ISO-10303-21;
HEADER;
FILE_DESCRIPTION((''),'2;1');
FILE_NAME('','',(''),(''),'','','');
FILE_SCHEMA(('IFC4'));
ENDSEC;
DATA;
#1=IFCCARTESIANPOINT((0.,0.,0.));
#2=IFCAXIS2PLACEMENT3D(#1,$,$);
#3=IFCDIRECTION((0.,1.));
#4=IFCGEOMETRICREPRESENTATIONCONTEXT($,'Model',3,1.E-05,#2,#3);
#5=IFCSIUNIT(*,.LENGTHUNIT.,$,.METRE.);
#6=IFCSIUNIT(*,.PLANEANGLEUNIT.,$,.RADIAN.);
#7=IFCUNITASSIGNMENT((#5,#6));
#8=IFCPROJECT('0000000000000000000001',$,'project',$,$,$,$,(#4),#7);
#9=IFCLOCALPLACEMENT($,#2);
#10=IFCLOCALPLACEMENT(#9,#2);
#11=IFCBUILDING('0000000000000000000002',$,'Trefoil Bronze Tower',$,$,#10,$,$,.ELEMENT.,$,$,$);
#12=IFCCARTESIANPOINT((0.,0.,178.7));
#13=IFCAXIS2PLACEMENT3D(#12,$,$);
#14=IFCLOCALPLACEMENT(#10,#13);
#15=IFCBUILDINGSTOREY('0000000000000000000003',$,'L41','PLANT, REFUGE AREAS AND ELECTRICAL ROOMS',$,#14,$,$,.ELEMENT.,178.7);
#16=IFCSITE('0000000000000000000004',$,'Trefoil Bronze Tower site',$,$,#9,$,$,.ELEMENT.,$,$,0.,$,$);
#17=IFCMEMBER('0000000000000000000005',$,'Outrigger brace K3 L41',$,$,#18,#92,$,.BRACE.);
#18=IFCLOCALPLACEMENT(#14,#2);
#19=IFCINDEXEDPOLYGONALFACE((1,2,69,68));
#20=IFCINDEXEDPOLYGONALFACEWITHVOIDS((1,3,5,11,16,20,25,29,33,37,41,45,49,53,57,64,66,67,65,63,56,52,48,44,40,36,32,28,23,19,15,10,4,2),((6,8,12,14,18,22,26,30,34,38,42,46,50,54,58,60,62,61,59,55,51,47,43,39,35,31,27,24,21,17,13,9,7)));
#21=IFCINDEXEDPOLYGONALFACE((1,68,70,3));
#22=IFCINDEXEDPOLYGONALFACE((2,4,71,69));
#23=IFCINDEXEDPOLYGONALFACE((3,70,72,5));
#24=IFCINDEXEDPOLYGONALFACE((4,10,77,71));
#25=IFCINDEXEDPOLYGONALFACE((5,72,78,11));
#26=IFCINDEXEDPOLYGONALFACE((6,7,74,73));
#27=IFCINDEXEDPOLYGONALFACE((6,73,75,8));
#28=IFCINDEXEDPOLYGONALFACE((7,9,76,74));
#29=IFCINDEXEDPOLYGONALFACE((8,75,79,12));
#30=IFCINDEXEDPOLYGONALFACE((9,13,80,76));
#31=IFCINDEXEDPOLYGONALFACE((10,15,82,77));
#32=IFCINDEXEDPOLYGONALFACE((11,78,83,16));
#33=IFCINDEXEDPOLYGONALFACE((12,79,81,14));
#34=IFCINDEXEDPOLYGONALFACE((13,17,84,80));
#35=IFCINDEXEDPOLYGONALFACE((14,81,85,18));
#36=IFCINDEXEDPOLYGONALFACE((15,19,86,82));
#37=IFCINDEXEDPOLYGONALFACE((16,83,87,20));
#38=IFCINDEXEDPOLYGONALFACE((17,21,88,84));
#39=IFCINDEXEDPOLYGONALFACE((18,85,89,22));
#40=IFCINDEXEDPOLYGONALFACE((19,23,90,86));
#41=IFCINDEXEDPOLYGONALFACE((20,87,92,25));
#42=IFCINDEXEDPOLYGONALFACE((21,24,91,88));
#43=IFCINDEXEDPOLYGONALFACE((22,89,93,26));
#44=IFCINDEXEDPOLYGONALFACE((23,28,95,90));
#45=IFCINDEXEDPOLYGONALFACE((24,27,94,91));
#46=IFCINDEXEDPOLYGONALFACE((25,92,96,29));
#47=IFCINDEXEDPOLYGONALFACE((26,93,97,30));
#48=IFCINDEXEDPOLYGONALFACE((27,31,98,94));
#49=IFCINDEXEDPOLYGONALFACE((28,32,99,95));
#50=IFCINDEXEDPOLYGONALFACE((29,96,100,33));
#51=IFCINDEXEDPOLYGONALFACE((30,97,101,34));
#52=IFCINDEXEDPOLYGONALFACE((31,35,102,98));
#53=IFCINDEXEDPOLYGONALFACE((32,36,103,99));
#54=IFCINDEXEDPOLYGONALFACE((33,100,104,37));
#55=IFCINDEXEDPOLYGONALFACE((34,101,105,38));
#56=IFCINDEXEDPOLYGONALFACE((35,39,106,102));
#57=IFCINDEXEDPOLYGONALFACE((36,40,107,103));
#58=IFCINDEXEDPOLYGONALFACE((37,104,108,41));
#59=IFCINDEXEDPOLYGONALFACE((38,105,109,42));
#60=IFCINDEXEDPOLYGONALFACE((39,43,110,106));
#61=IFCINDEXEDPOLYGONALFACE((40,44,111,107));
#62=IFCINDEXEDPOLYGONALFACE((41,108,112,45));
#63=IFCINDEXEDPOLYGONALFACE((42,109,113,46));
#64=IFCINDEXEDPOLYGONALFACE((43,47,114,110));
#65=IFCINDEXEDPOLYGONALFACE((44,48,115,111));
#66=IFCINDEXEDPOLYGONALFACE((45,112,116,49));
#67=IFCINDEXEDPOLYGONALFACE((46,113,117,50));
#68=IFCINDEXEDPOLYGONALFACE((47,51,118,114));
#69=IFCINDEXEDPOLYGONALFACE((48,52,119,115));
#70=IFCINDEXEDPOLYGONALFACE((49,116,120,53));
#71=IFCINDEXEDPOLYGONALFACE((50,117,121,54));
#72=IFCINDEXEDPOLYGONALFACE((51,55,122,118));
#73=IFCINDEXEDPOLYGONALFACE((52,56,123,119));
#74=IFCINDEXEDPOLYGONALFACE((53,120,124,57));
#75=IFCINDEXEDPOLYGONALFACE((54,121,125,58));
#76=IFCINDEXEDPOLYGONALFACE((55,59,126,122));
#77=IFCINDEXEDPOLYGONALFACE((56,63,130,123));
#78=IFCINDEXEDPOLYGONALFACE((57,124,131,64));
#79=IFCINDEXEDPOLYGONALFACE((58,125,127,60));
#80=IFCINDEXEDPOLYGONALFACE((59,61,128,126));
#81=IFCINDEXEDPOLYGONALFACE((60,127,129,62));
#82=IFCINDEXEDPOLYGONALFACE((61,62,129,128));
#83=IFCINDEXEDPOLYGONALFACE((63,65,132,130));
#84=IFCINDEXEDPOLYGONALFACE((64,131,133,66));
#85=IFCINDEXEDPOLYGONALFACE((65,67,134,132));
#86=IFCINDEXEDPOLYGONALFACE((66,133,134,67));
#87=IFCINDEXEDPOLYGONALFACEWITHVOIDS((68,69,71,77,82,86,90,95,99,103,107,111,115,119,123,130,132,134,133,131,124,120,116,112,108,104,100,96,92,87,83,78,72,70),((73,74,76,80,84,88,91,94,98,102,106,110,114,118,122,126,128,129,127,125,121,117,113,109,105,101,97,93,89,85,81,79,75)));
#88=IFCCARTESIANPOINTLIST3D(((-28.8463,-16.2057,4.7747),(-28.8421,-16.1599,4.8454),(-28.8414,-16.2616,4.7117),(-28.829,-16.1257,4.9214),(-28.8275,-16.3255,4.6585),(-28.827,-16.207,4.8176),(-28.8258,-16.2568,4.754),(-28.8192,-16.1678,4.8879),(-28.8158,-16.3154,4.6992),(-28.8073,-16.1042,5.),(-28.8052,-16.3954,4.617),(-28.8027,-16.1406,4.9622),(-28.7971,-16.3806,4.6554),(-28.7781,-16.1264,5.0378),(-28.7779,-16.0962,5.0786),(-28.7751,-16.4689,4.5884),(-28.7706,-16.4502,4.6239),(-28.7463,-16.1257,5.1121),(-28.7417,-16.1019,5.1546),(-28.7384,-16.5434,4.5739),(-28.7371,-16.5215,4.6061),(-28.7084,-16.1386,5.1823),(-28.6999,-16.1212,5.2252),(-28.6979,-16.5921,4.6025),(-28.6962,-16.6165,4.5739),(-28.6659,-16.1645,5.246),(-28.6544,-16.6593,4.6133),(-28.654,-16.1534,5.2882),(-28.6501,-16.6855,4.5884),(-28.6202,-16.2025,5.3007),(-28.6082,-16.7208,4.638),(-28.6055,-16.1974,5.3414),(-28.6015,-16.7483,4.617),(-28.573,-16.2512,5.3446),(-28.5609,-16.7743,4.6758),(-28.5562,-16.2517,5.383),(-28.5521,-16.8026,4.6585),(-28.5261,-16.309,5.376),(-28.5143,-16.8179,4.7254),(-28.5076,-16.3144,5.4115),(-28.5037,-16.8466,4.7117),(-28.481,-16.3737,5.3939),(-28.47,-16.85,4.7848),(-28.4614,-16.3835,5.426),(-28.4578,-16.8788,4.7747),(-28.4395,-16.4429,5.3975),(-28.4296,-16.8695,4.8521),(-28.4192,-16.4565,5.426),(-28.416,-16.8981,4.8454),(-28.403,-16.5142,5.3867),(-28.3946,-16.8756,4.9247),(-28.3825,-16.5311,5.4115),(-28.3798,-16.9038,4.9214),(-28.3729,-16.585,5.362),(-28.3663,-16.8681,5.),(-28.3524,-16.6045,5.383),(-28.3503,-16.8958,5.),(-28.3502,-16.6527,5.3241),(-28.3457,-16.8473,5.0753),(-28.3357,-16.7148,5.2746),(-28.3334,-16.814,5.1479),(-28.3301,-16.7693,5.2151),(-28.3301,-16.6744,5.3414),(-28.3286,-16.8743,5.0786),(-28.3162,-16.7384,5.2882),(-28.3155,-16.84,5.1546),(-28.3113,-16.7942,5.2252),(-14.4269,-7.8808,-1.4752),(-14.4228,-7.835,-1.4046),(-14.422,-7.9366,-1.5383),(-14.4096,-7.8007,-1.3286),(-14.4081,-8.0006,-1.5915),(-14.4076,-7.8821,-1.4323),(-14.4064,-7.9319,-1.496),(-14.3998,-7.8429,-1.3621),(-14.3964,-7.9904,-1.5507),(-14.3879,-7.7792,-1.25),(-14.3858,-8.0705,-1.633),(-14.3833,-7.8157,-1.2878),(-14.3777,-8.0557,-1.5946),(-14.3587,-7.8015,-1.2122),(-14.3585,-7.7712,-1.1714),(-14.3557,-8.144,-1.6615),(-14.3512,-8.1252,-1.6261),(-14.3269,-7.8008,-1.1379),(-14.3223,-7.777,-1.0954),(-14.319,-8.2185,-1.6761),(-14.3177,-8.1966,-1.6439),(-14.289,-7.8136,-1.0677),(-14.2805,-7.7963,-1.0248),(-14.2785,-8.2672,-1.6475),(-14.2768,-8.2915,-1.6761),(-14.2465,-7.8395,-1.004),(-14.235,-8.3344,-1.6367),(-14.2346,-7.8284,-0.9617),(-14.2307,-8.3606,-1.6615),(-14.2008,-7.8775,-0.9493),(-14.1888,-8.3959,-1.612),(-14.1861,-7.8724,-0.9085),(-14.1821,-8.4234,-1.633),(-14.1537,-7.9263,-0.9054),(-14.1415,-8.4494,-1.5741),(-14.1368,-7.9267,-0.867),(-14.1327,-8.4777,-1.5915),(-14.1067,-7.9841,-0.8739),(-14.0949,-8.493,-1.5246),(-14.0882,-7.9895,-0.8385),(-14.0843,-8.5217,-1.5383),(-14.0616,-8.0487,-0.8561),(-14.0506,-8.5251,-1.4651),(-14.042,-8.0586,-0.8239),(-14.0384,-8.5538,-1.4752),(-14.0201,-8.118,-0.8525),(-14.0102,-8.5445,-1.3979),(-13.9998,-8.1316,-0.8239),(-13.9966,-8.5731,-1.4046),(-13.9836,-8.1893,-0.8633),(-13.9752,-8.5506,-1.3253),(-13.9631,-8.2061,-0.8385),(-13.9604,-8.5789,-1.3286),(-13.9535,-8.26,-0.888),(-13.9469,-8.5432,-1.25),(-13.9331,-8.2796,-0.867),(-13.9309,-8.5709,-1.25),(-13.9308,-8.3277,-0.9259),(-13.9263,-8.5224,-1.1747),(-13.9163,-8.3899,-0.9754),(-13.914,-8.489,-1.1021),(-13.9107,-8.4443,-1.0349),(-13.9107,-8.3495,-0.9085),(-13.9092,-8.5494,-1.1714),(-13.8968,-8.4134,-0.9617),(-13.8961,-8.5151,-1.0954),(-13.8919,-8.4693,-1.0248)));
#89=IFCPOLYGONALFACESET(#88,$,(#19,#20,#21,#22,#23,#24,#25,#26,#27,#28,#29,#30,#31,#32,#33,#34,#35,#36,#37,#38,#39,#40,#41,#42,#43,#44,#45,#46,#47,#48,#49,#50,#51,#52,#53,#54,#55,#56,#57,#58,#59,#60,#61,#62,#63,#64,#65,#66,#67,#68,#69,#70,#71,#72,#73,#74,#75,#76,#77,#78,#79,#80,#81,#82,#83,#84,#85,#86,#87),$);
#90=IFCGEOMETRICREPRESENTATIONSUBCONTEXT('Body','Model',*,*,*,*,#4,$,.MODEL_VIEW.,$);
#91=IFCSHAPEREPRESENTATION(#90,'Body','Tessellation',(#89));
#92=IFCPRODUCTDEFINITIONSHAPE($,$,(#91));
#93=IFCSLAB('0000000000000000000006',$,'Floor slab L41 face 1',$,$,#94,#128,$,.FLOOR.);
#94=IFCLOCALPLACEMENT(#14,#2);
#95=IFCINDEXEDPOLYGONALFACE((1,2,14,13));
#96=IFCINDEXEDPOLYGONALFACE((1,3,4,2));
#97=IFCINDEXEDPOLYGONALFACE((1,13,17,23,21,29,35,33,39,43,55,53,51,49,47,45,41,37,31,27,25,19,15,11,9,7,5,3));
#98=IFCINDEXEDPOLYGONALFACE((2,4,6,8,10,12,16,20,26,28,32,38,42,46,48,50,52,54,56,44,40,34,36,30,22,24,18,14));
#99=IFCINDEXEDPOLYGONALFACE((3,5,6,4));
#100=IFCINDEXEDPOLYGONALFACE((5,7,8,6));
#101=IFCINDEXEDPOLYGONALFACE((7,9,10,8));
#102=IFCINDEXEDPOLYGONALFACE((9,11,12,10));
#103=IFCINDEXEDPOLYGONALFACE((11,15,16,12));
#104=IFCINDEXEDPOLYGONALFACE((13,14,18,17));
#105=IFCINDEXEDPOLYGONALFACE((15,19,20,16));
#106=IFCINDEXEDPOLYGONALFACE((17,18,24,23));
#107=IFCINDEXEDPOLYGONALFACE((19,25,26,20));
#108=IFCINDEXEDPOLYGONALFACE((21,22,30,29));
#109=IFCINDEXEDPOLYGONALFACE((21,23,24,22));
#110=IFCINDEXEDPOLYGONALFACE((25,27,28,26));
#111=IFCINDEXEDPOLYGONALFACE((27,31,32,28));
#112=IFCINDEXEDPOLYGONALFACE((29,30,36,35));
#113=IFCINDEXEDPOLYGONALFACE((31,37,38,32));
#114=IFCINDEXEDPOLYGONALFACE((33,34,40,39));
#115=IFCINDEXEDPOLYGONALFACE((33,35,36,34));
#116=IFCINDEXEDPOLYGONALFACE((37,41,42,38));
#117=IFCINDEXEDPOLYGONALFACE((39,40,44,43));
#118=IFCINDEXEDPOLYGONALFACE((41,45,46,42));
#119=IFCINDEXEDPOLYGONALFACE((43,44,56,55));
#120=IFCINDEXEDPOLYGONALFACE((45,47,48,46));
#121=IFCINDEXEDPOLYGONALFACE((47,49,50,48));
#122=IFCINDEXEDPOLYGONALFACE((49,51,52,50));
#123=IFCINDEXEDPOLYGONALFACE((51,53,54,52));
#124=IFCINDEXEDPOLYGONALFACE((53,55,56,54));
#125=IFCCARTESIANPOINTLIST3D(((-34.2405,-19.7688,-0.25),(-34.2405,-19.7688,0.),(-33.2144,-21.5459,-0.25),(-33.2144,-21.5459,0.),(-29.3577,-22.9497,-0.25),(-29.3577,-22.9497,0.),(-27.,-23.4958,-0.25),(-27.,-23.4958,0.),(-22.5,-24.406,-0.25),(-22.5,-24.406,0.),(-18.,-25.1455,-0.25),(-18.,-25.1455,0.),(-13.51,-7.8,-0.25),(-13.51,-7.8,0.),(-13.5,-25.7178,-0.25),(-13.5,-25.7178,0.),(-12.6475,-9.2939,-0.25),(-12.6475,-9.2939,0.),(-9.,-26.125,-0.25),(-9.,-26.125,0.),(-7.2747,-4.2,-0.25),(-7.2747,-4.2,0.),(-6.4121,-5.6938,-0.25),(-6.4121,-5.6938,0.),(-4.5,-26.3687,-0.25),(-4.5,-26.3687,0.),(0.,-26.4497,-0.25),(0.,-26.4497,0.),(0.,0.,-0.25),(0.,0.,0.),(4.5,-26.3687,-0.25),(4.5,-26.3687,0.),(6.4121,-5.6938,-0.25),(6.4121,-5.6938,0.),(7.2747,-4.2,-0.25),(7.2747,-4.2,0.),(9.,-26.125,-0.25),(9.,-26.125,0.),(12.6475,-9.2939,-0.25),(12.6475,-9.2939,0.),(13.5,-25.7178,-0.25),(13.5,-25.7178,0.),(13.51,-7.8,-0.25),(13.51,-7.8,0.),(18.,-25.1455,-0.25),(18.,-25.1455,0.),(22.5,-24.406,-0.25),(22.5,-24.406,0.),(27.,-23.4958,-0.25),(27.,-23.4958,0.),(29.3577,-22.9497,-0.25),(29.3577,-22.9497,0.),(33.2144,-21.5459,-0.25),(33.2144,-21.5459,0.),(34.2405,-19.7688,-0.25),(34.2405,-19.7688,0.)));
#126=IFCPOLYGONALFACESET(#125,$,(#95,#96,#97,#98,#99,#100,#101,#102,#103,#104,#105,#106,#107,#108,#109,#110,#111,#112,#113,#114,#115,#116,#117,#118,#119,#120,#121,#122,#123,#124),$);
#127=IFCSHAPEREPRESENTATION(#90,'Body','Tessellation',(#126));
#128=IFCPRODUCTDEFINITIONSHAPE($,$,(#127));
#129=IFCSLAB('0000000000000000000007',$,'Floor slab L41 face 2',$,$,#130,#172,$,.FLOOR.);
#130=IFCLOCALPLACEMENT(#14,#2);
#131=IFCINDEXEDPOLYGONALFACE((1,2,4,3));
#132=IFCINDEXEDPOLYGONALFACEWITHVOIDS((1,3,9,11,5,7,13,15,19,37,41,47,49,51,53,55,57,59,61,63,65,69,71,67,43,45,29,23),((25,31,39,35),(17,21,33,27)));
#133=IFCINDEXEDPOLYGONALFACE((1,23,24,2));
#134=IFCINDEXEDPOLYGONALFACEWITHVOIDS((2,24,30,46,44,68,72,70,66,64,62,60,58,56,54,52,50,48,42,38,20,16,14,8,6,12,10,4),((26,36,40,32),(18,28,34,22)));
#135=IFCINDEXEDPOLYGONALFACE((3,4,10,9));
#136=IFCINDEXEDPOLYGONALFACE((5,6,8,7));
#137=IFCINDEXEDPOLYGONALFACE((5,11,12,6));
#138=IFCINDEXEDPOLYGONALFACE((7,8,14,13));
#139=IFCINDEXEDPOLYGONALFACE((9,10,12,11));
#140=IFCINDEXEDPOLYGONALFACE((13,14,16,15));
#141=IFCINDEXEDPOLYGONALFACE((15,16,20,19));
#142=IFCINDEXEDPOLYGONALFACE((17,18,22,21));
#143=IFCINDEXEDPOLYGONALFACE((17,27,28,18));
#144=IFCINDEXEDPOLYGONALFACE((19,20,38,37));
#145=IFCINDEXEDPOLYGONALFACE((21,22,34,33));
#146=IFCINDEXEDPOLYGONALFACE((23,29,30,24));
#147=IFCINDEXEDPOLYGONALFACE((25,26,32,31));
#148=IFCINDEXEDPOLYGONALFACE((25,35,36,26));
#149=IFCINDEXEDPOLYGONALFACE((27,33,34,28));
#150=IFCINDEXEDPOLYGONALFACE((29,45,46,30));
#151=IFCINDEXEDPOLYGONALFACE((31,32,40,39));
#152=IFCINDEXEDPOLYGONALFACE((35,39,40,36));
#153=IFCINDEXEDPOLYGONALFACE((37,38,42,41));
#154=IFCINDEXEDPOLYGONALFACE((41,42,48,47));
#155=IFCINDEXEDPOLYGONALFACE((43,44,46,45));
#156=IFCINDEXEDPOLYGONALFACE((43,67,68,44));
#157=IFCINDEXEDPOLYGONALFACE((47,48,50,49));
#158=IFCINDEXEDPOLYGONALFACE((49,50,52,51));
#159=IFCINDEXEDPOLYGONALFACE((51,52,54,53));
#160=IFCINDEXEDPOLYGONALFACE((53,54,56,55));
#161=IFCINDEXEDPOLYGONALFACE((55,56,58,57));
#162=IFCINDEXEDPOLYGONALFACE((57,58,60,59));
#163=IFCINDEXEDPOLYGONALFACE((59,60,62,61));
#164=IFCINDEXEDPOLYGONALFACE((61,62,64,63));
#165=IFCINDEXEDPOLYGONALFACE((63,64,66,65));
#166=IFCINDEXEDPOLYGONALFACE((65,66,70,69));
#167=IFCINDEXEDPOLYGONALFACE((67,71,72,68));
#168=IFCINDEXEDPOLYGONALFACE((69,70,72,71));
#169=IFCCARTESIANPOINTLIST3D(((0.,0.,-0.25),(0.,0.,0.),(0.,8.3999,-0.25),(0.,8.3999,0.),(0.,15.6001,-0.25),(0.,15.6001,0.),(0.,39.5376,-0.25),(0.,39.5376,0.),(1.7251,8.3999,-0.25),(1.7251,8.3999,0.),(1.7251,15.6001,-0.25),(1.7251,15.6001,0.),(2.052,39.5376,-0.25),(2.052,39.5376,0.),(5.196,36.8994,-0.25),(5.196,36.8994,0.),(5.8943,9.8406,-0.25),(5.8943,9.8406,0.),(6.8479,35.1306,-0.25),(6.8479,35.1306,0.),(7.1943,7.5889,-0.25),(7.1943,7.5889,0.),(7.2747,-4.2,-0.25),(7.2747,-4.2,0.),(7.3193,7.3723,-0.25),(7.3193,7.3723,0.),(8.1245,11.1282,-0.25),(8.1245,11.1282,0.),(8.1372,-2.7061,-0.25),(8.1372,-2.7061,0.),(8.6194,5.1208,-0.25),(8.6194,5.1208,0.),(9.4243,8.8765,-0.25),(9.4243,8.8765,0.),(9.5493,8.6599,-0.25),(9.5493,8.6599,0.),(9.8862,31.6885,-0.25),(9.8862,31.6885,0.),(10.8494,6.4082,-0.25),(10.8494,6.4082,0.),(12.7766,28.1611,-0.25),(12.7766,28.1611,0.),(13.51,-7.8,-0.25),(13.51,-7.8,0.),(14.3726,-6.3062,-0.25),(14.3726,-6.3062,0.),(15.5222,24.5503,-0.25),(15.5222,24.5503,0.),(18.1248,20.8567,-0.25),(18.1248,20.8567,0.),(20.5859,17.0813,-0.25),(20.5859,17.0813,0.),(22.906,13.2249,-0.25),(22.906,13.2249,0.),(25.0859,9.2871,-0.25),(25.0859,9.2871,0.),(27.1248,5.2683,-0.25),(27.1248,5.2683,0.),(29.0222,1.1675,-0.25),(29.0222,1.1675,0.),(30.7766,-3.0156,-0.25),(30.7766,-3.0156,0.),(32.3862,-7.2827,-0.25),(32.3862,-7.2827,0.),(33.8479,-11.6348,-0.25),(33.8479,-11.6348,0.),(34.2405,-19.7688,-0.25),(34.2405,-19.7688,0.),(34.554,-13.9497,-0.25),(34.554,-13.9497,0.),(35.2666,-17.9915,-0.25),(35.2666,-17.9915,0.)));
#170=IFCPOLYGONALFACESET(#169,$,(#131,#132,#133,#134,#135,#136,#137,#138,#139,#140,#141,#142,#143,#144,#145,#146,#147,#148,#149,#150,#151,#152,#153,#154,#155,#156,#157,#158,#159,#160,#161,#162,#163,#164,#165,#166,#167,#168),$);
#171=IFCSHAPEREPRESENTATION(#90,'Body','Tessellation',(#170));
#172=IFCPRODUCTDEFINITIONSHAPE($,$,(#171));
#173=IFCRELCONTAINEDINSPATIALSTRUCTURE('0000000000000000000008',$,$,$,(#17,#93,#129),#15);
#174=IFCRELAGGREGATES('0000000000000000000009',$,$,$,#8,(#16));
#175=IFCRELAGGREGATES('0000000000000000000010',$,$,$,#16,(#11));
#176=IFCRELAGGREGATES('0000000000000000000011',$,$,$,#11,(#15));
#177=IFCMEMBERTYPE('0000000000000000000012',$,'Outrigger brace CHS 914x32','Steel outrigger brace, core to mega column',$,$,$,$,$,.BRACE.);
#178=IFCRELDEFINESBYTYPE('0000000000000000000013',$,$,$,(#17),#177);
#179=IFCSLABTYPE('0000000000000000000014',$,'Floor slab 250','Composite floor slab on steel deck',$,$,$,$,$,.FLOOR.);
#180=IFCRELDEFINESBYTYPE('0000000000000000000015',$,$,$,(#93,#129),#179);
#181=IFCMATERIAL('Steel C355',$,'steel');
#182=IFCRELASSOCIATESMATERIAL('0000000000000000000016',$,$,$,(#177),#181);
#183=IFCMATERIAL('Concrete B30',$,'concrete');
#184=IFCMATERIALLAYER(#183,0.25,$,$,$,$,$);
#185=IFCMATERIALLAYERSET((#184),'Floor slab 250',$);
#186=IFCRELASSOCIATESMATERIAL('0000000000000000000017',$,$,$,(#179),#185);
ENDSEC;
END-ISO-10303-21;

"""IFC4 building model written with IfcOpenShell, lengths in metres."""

from ifc_helpers import new_model, si_unit, direction, frame, origin, origin_2d, place, context, subcontext, project, spatial, polyline, hollow_circle, outline, extrude, material, layer, layer_set, material_profile, profile_set, type_object, element, save


model = new_model("IFC4")

# Units and contexts
model_context = context("Model", 3, precision=1e-05, world=origin(), true_north=direction((0.0, 1.0)))
body_context = subcontext(model_context, "Body", "Model", "MODEL_VIEW")
ifc_project = project(units=[si_unit("LENGTHUNIT", "METRE"), si_unit("PLANEANGLEUNIT", "RADIAN")], contexts=[model_context])

# Site, building, storey
site_placement = place(None, origin())
site = spatial("IfcSite", under=ifc_project, at=site_placement, Name="Trefoil Bronze Tower site", CompositionType="ELEMENT", RefElevation=0.0)
building_placement = place(site_placement, origin())
building = spatial("IfcBuilding", under=site, at=building_placement, Name="Trefoil Bronze Tower", CompositionType="ELEMENT")
storey_placement = place(building_placement, frame((0.0, 0.0, 178.7)))
storey = spatial("IfcBuildingStorey", under=building, at=storey_placement, Name="L41", Description="PLANT, REFUGE AREAS AND ELECTRICAL ROOMS", CompositionType="ELEMENT", Elevation=178.7)

# Member
ifc_material_1 = material(Name="Steel C355", Category="steel")
ifc_material_profile_1 = material_profile(ifc_material_1, hollow_circle(Radius=0.457, WallThickness=0.032, at=origin_2d()), Name="CHS 914x32")
ifc_profile_set_1 = profile_set([ifc_material_profile_1], Name="Steel C355")
member_type = type_object("IfcMemberType", Name="Outrigger brace CHS 914x32", Description="Steel outrigger brace, core to mega column", PredefinedType="BRACE", material=ifc_profile_set_1)
member_placement = place(storey_placement, frame((-14.1594, -8.175, -1.25), z_axis=(-0.810788, -0.468102, 0.35143), x_axis=(0.499995, -0.866028, 0.0)))
element("IfcMember", 1, at=member_placement, inside=storey, type_object=member_type, Name="Outrigger brace K3 L41", PredefinedType="BRACE", context=body_context, shape_type="SweptSolid", body=[
    extrude(hollow_circle(Radius=0.457, WallThickness=0.032, at=origin_2d()), origin(), (0.0, 0.0, 1.0), 17.7844),
])

# Slabs
ifc_material_2 = material(Name="Concrete B30", Category="concrete")
ifc_layer_1 = layer(ifc_material_2, 0.25)
ifc_layer_set_1 = layer_set([ifc_layer_1], Name="Floor slab 250")
slab_type = type_object("IfcSlabType", Name="Floor slab 250", Description="Composite floor slab on steel deck", PredefinedType="FLOOR", material=ifc_layer_set_1)
slab_1_placement = place(storey_placement, frame((0.0, 0.0, -0.25)))
element("IfcSlab", 2, at=slab_1_placement, inside=storey, type_object=slab_type, Name="Floor slab L41 face 1", PredefinedType="FLOOR", context=body_context, shape_type="SweptSolid", body=[
    extrude(outline(polyline([(22.5, -24.406), (18.0, -25.1455), (13.5, -25.7178), (9.0, -26.125), (4.5, -26.3687), (0.0, -26.4497), (-4.5, -26.3687), (-9.0, -26.125), (-13.5, -25.7178), (-18.0, -25.1455), (-22.5, -24.406), (-27.0, -23.4958), (-29.3577, -22.9497), (-33.2144, -21.5459), (-34.2405, -19.7688), (-13.51, -7.8), (-12.6475, -9.2939), (-6.4121, -5.6938), (-7.2747, -4.2), (0.0, 0.0), (7.2747, -4.2), (6.4121, -5.6938), (12.6475, -9.2939), (13.51, -7.8), (34.2405, -19.7688), (33.2144, -21.5459), (29.3577, -22.9497), (27.0, -23.4958), (22.5, -24.406)])), origin(), (0.0, 0.0, 1.0), 0.25),
])
slab_2_placement = place(storey_placement, frame((0.0, 0.0, -0.25)))
element("IfcSlab", 3, at=slab_2_placement, inside=storey, type_object=slab_type, Name="Floor slab L41 face 2", PredefinedType="FLOOR", context=body_context, shape_type="SweptSolid", body=[
    extrude(outline(polyline([(9.8862, 31.6885), (12.7766, 28.1611), (15.5222, 24.5503), (18.1248, 20.8567), (20.5859, 17.0813), (22.906, 13.2249), (25.0859, 9.2871), (27.1248, 5.2683), (29.0222, 1.1675), (30.7766, -3.0156), (32.3862, -7.2827), (33.8479, -11.6348), (34.554, -13.9497), (35.2666, -17.9915), (34.2405, -19.7688), (13.51, -7.8), (14.3726, -6.3062), (8.1372, -2.7061), (7.2747, -4.2), (0.0, 0.0), (0.0, 8.3999), (1.7251, 8.3999), (1.7251, 15.6001), (0.0, 15.6001), (0.0, 39.5376), (2.052, 39.5376), (5.196, 36.8994), (6.8479, 35.1306), (9.8862, 31.6885)]), holes=[polyline([(8.6194, 5.1208), (7.3193, 7.3723), (9.5493, 8.6599), (10.8494, 6.4082), (8.6194, 5.1208)]), polyline([(7.1943, 7.5889), (5.8943, 9.8406), (8.1245, 11.1282), (9.4243, 8.8765), (7.1943, 7.5889)])]), origin(), (0.0, 0.0, 1.0), 0.25),
])

save(model, "model.ifc")
